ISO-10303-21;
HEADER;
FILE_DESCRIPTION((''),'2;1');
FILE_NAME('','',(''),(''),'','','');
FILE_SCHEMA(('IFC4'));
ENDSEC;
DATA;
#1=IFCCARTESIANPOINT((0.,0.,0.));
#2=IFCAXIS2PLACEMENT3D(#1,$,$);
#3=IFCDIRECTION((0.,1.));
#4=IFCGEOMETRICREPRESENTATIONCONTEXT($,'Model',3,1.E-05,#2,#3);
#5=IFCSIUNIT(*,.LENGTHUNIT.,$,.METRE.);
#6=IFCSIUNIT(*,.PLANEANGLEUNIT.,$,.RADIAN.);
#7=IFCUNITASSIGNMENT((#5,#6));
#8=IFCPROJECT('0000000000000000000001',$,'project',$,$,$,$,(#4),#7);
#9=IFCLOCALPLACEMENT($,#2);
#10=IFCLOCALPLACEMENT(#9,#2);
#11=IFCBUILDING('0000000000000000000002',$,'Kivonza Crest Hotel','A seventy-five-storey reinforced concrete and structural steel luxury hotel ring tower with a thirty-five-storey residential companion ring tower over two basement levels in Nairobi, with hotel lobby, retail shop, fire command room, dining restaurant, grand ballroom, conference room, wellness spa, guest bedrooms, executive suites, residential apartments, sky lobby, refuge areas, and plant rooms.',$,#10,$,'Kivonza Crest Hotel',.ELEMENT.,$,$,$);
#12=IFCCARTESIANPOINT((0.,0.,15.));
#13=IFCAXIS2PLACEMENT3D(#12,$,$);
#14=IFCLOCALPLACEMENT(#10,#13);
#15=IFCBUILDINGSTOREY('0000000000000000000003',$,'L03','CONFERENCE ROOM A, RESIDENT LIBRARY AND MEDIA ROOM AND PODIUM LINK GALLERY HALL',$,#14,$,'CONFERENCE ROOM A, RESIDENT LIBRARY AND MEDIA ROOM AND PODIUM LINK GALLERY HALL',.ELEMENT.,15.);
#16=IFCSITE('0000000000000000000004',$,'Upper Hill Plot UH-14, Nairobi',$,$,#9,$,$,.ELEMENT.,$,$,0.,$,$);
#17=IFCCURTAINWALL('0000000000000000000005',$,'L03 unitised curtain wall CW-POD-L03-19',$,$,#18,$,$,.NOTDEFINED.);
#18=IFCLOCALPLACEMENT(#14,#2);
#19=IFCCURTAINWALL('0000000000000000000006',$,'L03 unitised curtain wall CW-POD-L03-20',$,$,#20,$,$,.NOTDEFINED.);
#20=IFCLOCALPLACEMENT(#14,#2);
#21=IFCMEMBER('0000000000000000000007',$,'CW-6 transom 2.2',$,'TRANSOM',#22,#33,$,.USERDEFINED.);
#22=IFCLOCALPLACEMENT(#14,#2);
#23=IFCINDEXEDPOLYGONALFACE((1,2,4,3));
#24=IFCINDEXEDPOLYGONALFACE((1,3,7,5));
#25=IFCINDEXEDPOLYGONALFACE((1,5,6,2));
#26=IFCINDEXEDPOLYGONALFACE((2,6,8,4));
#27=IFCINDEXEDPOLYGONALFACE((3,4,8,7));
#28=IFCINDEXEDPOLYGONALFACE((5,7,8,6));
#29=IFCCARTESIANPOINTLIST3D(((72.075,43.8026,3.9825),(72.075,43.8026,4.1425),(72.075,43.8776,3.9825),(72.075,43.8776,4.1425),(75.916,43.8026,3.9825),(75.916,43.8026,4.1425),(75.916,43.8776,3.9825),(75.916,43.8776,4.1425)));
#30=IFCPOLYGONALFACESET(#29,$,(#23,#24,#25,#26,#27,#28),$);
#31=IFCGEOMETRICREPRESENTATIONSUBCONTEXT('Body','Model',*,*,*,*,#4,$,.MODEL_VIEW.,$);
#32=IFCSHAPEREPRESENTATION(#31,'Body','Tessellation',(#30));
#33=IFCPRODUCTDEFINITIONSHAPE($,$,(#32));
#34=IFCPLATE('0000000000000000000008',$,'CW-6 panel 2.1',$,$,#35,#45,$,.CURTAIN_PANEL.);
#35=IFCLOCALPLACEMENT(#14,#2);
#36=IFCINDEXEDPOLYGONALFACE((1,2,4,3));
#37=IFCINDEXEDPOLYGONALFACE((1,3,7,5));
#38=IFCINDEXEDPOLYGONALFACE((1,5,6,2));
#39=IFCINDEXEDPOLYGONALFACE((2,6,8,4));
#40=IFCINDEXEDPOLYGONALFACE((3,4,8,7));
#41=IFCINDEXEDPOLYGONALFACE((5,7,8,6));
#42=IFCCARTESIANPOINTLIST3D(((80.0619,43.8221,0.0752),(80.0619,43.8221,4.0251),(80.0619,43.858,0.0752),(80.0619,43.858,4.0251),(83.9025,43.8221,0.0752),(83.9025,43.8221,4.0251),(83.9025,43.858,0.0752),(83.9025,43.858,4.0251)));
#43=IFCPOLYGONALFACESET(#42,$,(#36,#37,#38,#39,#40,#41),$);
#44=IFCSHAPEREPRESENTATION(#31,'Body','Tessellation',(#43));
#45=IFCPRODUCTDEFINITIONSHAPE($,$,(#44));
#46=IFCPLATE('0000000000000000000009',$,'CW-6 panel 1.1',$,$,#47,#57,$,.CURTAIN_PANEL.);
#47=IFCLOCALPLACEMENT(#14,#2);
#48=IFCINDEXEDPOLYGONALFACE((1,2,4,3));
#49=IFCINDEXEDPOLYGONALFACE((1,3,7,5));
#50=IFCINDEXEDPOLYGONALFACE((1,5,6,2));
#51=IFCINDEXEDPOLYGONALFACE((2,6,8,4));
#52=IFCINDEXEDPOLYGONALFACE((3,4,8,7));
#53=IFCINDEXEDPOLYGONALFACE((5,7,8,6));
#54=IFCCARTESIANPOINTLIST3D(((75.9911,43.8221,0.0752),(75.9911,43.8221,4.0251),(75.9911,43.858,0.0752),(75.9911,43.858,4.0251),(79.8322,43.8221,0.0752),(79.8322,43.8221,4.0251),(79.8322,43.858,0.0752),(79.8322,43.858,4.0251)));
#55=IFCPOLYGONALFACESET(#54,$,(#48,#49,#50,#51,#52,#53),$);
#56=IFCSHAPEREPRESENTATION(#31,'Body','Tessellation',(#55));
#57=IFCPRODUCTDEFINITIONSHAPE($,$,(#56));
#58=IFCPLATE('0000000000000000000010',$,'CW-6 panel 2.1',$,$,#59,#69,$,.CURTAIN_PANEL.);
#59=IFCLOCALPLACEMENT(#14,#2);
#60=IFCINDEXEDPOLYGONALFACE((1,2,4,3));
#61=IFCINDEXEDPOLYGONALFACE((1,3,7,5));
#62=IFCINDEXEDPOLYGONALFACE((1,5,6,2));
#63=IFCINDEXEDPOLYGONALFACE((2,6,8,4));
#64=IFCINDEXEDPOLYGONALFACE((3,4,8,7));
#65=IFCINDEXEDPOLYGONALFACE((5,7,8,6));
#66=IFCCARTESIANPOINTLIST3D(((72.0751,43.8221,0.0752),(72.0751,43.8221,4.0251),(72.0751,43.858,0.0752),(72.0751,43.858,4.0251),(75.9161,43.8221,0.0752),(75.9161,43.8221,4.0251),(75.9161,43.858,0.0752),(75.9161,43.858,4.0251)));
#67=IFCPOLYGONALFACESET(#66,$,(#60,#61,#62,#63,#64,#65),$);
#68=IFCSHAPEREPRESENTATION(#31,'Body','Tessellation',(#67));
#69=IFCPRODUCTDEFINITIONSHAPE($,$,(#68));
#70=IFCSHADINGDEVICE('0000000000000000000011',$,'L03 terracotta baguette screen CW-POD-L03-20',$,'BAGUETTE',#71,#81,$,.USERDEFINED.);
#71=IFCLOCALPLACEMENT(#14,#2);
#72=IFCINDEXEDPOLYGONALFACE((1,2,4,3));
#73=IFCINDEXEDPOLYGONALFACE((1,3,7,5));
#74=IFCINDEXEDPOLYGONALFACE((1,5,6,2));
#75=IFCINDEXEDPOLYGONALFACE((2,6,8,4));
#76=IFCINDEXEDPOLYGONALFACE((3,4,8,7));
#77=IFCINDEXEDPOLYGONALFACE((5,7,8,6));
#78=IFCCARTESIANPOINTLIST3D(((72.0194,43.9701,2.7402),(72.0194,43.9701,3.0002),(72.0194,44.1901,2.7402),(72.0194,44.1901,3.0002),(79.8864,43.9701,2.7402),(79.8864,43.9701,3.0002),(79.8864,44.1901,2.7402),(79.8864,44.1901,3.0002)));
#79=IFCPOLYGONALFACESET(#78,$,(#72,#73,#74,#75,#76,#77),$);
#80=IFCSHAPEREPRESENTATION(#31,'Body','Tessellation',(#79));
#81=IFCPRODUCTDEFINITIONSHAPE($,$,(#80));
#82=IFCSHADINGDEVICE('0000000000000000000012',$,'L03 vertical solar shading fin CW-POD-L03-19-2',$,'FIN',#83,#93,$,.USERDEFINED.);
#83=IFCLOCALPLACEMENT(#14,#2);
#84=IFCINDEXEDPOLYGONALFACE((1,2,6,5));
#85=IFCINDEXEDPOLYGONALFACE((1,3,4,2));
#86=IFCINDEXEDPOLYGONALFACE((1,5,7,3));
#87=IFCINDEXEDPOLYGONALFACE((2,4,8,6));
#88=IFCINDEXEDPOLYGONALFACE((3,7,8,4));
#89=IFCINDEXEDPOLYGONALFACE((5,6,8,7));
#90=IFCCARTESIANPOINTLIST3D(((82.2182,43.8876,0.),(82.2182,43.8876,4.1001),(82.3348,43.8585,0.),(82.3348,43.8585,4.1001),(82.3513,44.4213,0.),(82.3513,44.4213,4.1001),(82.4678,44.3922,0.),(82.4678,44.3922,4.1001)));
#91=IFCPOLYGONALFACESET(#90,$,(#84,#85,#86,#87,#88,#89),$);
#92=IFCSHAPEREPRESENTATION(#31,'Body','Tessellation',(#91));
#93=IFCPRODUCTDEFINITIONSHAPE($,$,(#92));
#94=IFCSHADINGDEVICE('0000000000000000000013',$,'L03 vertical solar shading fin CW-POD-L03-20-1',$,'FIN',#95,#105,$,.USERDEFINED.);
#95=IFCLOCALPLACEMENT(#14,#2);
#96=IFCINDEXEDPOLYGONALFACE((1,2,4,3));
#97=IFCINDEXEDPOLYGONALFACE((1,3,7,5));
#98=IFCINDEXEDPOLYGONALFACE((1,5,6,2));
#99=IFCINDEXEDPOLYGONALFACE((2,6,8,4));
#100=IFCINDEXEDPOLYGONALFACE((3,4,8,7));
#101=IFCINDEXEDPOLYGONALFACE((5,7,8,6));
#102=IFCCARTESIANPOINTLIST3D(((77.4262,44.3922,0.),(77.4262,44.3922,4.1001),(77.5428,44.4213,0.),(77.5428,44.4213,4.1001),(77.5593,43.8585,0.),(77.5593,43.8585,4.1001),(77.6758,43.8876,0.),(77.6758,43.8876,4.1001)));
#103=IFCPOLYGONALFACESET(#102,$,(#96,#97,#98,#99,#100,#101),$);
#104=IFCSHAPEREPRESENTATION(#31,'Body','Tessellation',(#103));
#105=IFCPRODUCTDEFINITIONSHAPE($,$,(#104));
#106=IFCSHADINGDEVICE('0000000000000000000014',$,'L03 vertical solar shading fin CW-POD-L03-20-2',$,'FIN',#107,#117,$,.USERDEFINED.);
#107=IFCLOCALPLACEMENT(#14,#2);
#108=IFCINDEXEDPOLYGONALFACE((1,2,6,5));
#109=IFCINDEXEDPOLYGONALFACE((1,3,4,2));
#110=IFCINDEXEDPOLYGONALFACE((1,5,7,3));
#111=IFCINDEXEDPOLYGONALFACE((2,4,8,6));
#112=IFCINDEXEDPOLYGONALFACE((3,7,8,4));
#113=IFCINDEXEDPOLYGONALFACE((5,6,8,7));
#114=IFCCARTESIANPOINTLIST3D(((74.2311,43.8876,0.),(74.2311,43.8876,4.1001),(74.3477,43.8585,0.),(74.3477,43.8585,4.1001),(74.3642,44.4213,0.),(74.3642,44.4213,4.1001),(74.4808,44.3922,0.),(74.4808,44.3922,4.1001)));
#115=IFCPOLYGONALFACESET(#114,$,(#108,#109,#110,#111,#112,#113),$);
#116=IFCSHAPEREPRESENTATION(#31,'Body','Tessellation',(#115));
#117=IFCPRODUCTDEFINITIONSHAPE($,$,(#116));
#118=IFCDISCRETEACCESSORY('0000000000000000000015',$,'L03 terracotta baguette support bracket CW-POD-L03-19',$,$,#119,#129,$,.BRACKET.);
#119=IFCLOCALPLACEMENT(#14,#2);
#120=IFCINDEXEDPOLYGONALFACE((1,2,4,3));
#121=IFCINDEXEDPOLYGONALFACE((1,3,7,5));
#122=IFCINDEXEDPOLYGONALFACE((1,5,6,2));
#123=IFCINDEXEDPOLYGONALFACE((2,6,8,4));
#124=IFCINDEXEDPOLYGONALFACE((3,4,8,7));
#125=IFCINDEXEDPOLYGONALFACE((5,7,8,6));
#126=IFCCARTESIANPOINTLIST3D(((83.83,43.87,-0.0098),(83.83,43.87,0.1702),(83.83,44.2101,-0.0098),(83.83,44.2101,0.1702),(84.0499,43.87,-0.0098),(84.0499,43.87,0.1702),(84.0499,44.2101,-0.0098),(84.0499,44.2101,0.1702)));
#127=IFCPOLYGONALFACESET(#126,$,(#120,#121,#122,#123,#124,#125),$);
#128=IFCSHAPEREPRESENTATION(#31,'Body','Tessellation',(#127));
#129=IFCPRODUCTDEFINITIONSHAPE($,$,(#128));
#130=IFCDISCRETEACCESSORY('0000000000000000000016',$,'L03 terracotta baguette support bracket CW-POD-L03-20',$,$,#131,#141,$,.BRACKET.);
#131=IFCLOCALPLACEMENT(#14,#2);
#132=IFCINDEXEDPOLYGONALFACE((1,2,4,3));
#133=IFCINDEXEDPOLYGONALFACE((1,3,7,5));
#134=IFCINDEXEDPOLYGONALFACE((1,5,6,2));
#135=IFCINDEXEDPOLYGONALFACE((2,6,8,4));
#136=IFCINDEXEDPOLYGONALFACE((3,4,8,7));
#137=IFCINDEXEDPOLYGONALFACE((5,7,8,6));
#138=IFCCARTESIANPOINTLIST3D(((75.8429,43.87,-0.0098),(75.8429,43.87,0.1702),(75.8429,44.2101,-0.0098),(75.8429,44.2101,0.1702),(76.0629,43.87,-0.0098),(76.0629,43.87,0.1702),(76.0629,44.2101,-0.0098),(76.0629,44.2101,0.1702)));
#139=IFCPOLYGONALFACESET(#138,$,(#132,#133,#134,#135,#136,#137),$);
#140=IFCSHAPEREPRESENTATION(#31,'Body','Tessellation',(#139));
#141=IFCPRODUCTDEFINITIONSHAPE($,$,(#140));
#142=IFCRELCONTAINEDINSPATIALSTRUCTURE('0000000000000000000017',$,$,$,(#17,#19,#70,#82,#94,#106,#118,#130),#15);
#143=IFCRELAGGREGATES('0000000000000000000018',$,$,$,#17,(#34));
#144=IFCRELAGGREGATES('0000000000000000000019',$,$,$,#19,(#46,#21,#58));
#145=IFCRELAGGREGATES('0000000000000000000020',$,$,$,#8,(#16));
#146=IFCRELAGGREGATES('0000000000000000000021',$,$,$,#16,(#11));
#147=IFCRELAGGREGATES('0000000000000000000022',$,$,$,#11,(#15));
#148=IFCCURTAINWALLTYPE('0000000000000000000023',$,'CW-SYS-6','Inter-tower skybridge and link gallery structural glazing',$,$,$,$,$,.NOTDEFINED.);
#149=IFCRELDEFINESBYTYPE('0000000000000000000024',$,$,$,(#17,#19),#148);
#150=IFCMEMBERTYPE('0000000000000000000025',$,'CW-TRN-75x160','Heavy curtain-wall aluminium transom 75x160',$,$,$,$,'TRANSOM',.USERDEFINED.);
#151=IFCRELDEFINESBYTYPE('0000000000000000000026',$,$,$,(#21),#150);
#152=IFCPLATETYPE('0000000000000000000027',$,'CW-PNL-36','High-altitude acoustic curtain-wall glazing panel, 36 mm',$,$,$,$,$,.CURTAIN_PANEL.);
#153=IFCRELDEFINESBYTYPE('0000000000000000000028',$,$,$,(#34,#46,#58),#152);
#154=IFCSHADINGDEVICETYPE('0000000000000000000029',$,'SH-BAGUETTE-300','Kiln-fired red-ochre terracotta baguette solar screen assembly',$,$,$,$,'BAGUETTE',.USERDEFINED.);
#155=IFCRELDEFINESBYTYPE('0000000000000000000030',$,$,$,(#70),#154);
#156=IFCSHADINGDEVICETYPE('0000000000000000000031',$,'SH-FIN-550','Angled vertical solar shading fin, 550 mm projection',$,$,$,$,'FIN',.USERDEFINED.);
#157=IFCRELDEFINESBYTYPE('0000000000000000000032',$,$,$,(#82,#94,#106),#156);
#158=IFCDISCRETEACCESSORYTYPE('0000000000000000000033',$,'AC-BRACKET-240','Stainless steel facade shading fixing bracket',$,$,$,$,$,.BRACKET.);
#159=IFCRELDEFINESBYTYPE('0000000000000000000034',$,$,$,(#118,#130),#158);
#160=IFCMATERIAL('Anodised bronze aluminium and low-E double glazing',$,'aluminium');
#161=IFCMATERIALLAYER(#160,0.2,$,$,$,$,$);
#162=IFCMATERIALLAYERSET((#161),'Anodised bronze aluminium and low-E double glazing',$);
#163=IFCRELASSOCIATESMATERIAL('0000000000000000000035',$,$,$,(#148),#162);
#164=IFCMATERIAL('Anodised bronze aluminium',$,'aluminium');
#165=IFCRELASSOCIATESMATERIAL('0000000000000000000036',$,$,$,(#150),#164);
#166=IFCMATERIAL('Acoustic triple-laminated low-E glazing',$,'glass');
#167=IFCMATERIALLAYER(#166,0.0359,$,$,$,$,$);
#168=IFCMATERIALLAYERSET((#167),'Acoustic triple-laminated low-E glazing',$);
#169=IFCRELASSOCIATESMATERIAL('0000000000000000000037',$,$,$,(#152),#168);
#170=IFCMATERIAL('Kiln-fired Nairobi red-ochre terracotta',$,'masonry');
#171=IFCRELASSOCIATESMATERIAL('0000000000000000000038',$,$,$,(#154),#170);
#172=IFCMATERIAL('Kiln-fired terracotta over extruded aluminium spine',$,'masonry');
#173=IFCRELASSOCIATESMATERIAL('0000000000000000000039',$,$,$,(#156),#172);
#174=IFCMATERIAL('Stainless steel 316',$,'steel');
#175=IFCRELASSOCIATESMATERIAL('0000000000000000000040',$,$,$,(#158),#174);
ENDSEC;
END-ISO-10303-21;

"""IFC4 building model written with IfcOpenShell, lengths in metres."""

from ifc_helpers import new_model, si_unit, direction, frame, origin, origin_2d, place, context, subcontext, project, spatial, rectangle, extrude, material, layer, layer_set, material_profile, profile_set, type_object, element, aggregate, save


model = new_model("IFC4")

# Units and contexts
model_context = context("Model", 3, precision=1e-05, world=origin(), true_north=direction((0.0, 1.0)))
body_context = subcontext(model_context, "Body", "Model", "MODEL_VIEW")
ifc_project = project(units=[si_unit("LENGTHUNIT", "METRE"), si_unit("PLANEANGLEUNIT", "RADIAN")], contexts=[model_context])

# Site, building, storey
site_placement = place(None, origin())
site = spatial("IfcSite", under=ifc_project, at=site_placement, Name="Upper Hill Plot UH-14, Nairobi", CompositionType="ELEMENT", RefElevation=0.0)
building_placement = place(site_placement, origin())
building = spatial("IfcBuilding", under=site, at=building_placement, Name="Kivonza Crest Hotel", Description="A seventy-five-storey reinforced concrete and structural steel luxury hotel ring tower with a thirty-five-storey residential companion ring tower over two basement levels in Nairobi, with hotel lobby, retail shop, fire command room, dining restaurant, grand ballroom, conference room, wellness spa, guest bedrooms, executive suites, residential apartments, sky lobby, refuge areas, and plant rooms.", LongName="Kivonza Crest Hotel", CompositionType="ELEMENT")
storey_placement = place(building_placement, frame((0.0, 0.0, 15.0)))
storey = spatial("IfcBuildingStorey", under=building, at=storey_placement, Name="L03", Description="CONFERENCE ROOM A, RESIDENT LIBRARY AND MEDIA ROOM AND PODIUM LINK GALLERY HALL", LongName="CONFERENCE ROOM A, RESIDENT LIBRARY AND MEDIA ROOM AND PODIUM LINK GALLERY HALL", CompositionType="ELEMENT", Elevation=15.0)

# Curtain walls
ifc_material_1 = material(Name="Anodised bronze aluminium and low-E double glazing", Category="aluminium")
ifc_layer_1 = layer(ifc_material_1, 0.2)
ifc_layer_set_1 = layer_set([ifc_layer_1], Name="Anodised bronze aluminium and low-E double glazing")
curtain_wall_type = type_object("IfcCurtainWallType", Name="CW-SYS-6", Description="Inter-tower skybridge and link gallery structural glazing", PredefinedType="NOTDEFINED", material=ifc_layer_set_1)
curtain_wall_1_placement = place(storey_placement, origin())
curtain_wall_1 = element("IfcCurtainWall", 1, at=curtain_wall_1_placement, inside=storey, type_object=curtain_wall_type, Name="L03 unitised curtain wall CW-POD-L03-19", PredefinedType="NOTDEFINED")
ifc_material_2 = material(Name="Anodised bronze aluminium", Category="aluminium")
curtain_wall_2_placement = place(storey_placement, origin())
curtain_wall_2 = element("IfcCurtainWall", 2, at=curtain_wall_2_placement, inside=storey, type_object=curtain_wall_type, Name="L03 unitised curtain wall CW-POD-L03-20", PredefinedType="NOTDEFINED")

# Member
ifc_material_profile_1 = material_profile(ifc_material_2, rectangle(XDim=0.075, YDim=0.1599, at=origin_2d()), Name="CW-T 75x160")
ifc_profile_set_1 = profile_set([ifc_material_profile_1], Name="Anodised bronze aluminium")
member_type_1 = type_object("IfcMemberType", Name="CW-TRN-75x160", Description="Heavy curtain-wall aluminium transom 75x160", ElementType="TRANSOM", PredefinedType="USERDEFINED", material=ifc_profile_set_1)
member_1_placement = place(storey_placement, frame((75.916, 43.8401, 4.0625), z_axis=(-1.0, 0.0, 0.0), x_axis=(0.0, -1.0, 0.0)))
member_1 = element("IfcMember", 3, at=member_1_placement, type_object=member_type_1, Name="CW-6 transom 2.2", ObjectType="TRANSOM", PredefinedType="USERDEFINED", context=body_context, shape_type="SweptSolid", body=[
    extrude(rectangle(XDim=0.075, YDim=0.1599, at=origin_2d()), origin(), (0.0, 0.0, 1.0), 3.8411),
])

# Plates
ifc_material_3 = material(Name="Acoustic triple-laminated low-E glazing", Category="glass")
ifc_layer_2 = layer(ifc_material_3, 0.0359)
ifc_layer_set_2 = layer_set([ifc_layer_2], Name="Acoustic triple-laminated low-E glazing")
plate_type = type_object("IfcPlateType", Name="CW-PNL-36", Description="High-altitude acoustic curtain-wall glazing panel, 36 mm", PredefinedType="CURTAIN_PANEL", material=ifc_layer_set_2)
plate_1_placement = place(storey_placement, frame((81.9822, 43.8401, 0.0752), z_axis=(0.0, 0.0, 1.0), x_axis=(-1.0, 0.0, 0.0)))
plate_1 = element("IfcPlate", 4, at=plate_1_placement, type_object=plate_type, Name="CW-6 panel 2.1", PredefinedType="CURTAIN_PANEL", context=body_context, shape_type="SweptSolid", body=[
    extrude(rectangle(XDim=3.8406, YDim=0.0359, at=origin_2d()), origin(), (0.0, 0.0, 1.0), 3.95),
])
aggregate(curtain_wall_1, [plate_1])
plate_2_placement = place(storey_placement, frame((77.9116, 43.8401, 0.0752), z_axis=(0.0, 0.0, 1.0), x_axis=(-1.0, 0.0, 0.0)))
plate_2 = element("IfcPlate", 5, at=plate_2_placement, type_object=plate_type, Name="CW-6 panel 1.1", PredefinedType="CURTAIN_PANEL", context=body_context, shape_type="SweptSolid", body=[
    extrude(rectangle(XDim=3.8411, YDim=0.0359, at=origin_2d()), origin(), (0.0, 0.0, 1.0), 3.95),
])
plate_3_placement = place(storey_placement, frame((73.9956, 43.8401, 0.0752), z_axis=(0.0, 0.0, 1.0), x_axis=(-1.0, 0.0, 0.0)))
plate_3 = element("IfcPlate", 6, at=plate_3_placement, type_object=plate_type, Name="CW-6 panel 2.1", PredefinedType="CURTAIN_PANEL", context=body_context, shape_type="SweptSolid", body=[
    extrude(rectangle(XDim=3.8411, YDim=0.0359, at=origin_2d()), origin(), (0.0, 0.0, 1.0), 3.95),
])
aggregate(curtain_wall_2, [plate_2, member_1, plate_3])

# Shading devices
ifc_material_4 = material(Name="Kiln-fired Nairobi red-ochre terracotta", Category="masonry")
shading_device_type_1 = type_object("IfcShadingDeviceType", Name="SH-BAGUETTE-300", Description="Kiln-fired red-ochre terracotta baguette solar screen assembly", ElementType="BAGUETTE", PredefinedType="USERDEFINED", material=ifc_material_4)
shading_device_placement = place(storey_placement, frame((75.9529, 44.0801, 2.7402), z_axis=(0.0, 0.0, 1.0), x_axis=(-1.0, 0.0, 0.0)))
element("IfcShadingDevice", 7, at=shading_device_placement, inside=storey, type_object=shading_device_type_1, Name="L03 terracotta baguette screen CW-POD-L03-20", ObjectType="BAGUETTE", PredefinedType="USERDEFINED", context=body_context, shape_type="SweptSolid", body=[
    extrude(rectangle(XDim=7.8669, YDim=0.22, at=origin_2d()), origin(), (0.0, 0.0, 1.0), 0.26),
])
ifc_material_5 = material(Name="Kiln-fired terracotta over extruded aluminium spine", Category="masonry")
shading_device_type_2 = type_object("IfcShadingDeviceType", Name="SH-FIN-550", Description="Angled vertical solar shading fin, 550 mm projection", ElementType="FIN", PredefinedType="USERDEFINED", material=ifc_material_5)
for number, where, z_axis, x_axis, name in (
    (8, (82.343, 44.1399, 0.0), (0.0, 0.0, 1.0), (-0.970296, 0.241922, 0.0), "L03 vertical solar shading fin CW-POD-L03-19-2"),
    (9, (77.551, 44.1399, 0.0), (0.0, 0.0, 1.0), (-0.970296, -0.241922, 0.0), "L03 vertical solar shading fin CW-POD-L03-20-1"),
    (10, (74.356, 44.1399, 0.0), (0.0, 0.0, 1.0), (-0.970296, 0.241922, 0.0), "L03 vertical solar shading fin CW-POD-L03-20-2"),
):
    element("IfcShadingDevice", number, at=place(storey_placement, frame(where, z_axis=z_axis, x_axis=x_axis)), inside=storey, type_object=shading_device_type_2, Name=name, ObjectType="FIN", PredefinedType="USERDEFINED", context=body_context, shape_type="SweptSolid", body=[
        extrude(rectangle(XDim=0.1201, YDim=0.55, at=origin_2d()), origin(), (0.0, 0.0, 1.0), 4.1001),
    ])

# Discrete accessories
ifc_material_6 = material(Name="Stainless steel 316", Category="steel")
discrete_accessory_type = type_object("IfcDiscreteAccessoryType", Name="AC-BRACKET-240", Description="Stainless steel facade shading fixing bracket", PredefinedType="BRACKET", material=ifc_material_6)
for number, where, z_axis, x_axis, name in (
    (11, (83.9399, 44.04, -0.0098), (0.0, 0.0, 1.0), (-1.0, 0.0, 0.0), "L03 terracotta baguette support bracket CW-POD-L03-19"),
    (12, (75.9529, 44.04, -0.0098), (0.0, 0.0, 1.0), (-1.0, 0.0, 0.0), "L03 terracotta baguette support bracket CW-POD-L03-20"),
):
    element("IfcDiscreteAccessory", number, at=place(storey_placement, frame(where, z_axis=z_axis, x_axis=x_axis)), inside=storey, type_object=discrete_accessory_type, Name=name, PredefinedType="BRACKET", context=body_context, shape_type="SweptSolid", body=[
        extrude(rectangle(XDim=0.22, YDim=0.3401, at=origin_2d()), origin(), (0.0, 0.0, 1.0), 0.1799),
    ])

save(model, "model.ifc")
